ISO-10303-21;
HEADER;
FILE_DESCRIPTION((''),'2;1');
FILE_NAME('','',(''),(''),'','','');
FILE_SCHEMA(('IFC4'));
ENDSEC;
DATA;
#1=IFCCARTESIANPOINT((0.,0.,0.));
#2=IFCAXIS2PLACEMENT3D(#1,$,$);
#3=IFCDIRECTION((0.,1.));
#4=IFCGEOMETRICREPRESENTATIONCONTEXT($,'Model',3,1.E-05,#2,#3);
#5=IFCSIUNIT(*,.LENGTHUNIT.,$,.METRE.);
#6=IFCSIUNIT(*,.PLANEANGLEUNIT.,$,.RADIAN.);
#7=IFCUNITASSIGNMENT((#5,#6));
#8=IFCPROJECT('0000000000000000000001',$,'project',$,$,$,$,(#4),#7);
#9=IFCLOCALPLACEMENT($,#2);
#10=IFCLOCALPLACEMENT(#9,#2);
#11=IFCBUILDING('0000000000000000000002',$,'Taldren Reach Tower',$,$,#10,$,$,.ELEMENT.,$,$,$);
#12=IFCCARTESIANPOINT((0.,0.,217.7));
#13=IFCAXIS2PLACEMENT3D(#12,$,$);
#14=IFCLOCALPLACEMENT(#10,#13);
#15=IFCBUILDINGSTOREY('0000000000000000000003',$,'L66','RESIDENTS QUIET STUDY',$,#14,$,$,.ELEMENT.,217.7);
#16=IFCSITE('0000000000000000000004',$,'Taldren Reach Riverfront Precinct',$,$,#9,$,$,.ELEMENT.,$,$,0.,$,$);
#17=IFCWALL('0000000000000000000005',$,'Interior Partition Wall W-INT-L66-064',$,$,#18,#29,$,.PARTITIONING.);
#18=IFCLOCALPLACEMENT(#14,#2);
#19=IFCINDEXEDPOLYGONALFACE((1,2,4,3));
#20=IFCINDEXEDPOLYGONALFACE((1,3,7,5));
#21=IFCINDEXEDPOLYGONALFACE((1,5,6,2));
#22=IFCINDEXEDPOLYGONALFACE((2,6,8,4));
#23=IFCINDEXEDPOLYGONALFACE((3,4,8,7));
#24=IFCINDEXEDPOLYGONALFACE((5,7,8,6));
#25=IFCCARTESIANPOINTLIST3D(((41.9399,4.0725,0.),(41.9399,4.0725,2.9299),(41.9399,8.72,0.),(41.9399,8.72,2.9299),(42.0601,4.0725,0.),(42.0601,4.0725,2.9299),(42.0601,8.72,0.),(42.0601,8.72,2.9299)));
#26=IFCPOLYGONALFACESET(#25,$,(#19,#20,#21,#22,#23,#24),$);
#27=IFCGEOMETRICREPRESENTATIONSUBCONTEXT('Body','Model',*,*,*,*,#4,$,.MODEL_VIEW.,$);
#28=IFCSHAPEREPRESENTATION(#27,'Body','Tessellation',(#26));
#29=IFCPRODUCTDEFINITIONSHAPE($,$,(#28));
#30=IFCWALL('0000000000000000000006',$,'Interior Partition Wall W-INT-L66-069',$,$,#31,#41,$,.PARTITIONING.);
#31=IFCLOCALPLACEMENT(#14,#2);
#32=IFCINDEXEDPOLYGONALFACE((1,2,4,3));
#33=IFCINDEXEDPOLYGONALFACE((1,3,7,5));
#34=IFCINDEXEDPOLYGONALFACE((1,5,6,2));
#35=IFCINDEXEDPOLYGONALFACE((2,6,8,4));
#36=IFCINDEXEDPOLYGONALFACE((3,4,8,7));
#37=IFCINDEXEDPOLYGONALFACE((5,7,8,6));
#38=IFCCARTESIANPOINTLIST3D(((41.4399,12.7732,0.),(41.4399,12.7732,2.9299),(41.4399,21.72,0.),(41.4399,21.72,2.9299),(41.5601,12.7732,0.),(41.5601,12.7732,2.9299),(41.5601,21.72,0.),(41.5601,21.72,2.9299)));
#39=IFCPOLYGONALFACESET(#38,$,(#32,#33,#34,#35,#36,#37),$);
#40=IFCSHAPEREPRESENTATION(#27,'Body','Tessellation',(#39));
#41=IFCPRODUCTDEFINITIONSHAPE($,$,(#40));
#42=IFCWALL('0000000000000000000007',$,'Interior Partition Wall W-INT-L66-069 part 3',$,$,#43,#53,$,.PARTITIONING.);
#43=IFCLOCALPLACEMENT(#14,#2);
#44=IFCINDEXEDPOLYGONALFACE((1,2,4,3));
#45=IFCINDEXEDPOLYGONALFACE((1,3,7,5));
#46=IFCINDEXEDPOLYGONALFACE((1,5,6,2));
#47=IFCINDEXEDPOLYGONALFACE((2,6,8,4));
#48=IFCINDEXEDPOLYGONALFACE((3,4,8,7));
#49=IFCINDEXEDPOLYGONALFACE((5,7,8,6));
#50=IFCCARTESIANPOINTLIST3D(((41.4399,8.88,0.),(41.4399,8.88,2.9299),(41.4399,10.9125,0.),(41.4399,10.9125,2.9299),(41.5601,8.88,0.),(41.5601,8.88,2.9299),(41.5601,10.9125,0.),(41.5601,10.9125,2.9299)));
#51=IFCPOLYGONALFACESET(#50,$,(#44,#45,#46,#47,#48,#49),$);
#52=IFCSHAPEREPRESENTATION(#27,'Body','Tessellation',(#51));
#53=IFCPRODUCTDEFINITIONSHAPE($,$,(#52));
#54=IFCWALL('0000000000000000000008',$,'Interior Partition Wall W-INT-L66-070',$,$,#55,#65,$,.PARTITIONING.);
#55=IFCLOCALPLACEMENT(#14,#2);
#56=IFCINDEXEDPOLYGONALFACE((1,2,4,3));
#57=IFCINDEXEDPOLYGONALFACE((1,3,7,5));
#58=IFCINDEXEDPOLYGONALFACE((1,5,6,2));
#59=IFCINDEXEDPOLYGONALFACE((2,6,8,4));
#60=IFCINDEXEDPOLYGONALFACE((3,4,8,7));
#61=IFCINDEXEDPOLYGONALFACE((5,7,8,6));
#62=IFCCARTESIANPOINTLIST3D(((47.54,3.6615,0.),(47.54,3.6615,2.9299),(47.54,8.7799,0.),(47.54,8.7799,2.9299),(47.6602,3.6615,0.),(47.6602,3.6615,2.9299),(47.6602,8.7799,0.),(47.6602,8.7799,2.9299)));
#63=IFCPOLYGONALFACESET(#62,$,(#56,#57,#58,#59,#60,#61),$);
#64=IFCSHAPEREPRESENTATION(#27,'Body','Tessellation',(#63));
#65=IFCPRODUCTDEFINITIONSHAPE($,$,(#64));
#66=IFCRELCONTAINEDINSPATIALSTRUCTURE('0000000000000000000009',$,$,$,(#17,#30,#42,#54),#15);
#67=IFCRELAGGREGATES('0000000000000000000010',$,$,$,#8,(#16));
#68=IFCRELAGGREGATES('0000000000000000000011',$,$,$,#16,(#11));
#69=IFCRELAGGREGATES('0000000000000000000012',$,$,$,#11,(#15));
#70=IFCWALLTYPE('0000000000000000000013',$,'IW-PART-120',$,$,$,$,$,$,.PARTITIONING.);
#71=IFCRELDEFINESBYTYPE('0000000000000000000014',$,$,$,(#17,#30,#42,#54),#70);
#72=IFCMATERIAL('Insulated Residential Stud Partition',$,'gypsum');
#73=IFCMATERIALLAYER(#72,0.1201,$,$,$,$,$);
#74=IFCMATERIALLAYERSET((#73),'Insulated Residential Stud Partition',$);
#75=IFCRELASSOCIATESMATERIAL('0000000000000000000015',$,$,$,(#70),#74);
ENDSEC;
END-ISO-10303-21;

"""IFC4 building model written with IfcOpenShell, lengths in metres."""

from ifc_helpers import new_model, si_unit, direction, frame, frame_2d, origin, place, context, subcontext, project, spatial, rectangle, extrude, source, transform, mapped, material, layer, layer_set, type_object, element, save


model = new_model("IFC4")

# Units and contexts
model_context = context("Model", 3, precision=1e-05, world=origin(), true_north=direction((0.0, 1.0)))
body_context = subcontext(model_context, "Body", "Model", "MODEL_VIEW")
ifc_project = project(units=[si_unit("LENGTHUNIT", "METRE"), si_unit("PLANEANGLEUNIT", "RADIAN")], contexts=[model_context])

# Site, building, storey
site_placement = place(None, origin())
site = spatial("IfcSite", under=ifc_project, at=site_placement, Name="Taldren Reach Riverfront Precinct", CompositionType="ELEMENT", RefElevation=0.0)
building_placement = place(site_placement, origin())
building = spatial("IfcBuilding", under=site, at=building_placement, Name="Taldren Reach Tower", CompositionType="ELEMENT")
storey_placement = place(building_placement, frame((0.0, 0.0, 217.7)))
storey = spatial("IfcBuildingStorey", under=building, at=storey_placement, Name="L66", Description="RESIDENTS QUIET STUDY", CompositionType="ELEMENT", Elevation=217.7)

# Shared definitions
ifc_material_1 = material(Name="Insulated Residential Stud Partition", Category="gypsum")
ifc_layer_1 = layer(ifc_material_1, 0.1201)
ifc_layer_set_1 = layer_set([ifc_layer_1], Name="Insulated Residential Stud Partition")
wall_type_1 = type_object("IfcWallType", Name="IW-PART-120", PredefinedType="PARTITIONING", material=ifc_layer_set_1)

# Walls
shared_shape_1 = source(origin(), body_context, "Body", "SweptSolid", [
    extrude(rectangle(XDim=4.6475, YDim=0.1201, at=frame_2d((2.3237, 0.0))), origin(), (0.0, 0.0, 1.0), 2.9299),
])
wall_1_placement = place(storey_placement, frame((42.0, 8.72, 0.0), z_axis=(0.0, 0.0, 1.0), x_axis=(0.0, -1.0, 0.0)))
element("IfcWall", 1, at=wall_1_placement, inside=storey, type_object=wall_type_1, Name="Interior Partition Wall W-INT-L66-064", PredefinedType="PARTITIONING", context=body_context, shape_type="MappedRepresentation", body=[
    mapped(shared_shape_1, transform((0.0, 0.0, 0.0), scale=1.0)),
])
shared_shape_2 = source(origin(), body_context, "Body", "SweptSolid", [
    extrude(rectangle(XDim=8.9468, YDim=0.1201, at=frame_2d((4.4734, 0.0))), origin(), (0.0, 0.0, 1.0), 2.9299),
])
wall_2_placement = place(storey_placement, frame((41.5, 21.72, 0.0), z_axis=(0.0, 0.0, 1.0), x_axis=(0.0, -1.0, 0.0)))
element("IfcWall", 2, at=wall_2_placement, inside=storey, type_object=wall_type_1, Name="Interior Partition Wall W-INT-L66-069", PredefinedType="PARTITIONING", context=body_context, shape_type="MappedRepresentation", body=[
    mapped(shared_shape_2, transform((0.0, 0.0, 0.0), scale=1.0)),
])
shared_shape_3 = source(origin(), body_context, "Body", "SweptSolid", [
    extrude(rectangle(XDim=2.0325, YDim=0.1201, at=frame_2d((1.0161, 0.0))), origin(), (0.0, 0.0, 1.0), 2.9299),
])
wall_3_placement = place(storey_placement, frame((41.5, 10.9124, 0.0), z_axis=(0.0, 0.0, 1.0), x_axis=(0.0, -1.0, 0.0)))
element("IfcWall", 3, at=wall_3_placement, inside=storey, type_object=wall_type_1, Name="Interior Partition Wall W-INT-L66-069 part 3", PredefinedType="PARTITIONING", context=body_context, shape_type="MappedRepresentation", body=[
    mapped(shared_shape_3, transform((0.0, 0.0, 0.0), scale=1.0)),
])
shared_shape_4 = source(origin(), body_context, "Body", "SweptSolid", [
    extrude(rectangle(XDim=5.1184, YDim=0.1201, at=frame_2d((2.5591, 0.0))), origin(), (0.0, 0.0, 1.0), 2.9299),
])
wall_4_placement = place(storey_placement, frame((47.6001, 8.7798, 0.0), z_axis=(0.0, 0.0, 1.0), x_axis=(0.0, -1.0, 0.0)))
element("IfcWall", 4, at=wall_4_placement, inside=storey, type_object=wall_type_1, Name="Interior Partition Wall W-INT-L66-070", PredefinedType="PARTITIONING", context=body_context, shape_type="MappedRepresentation", body=[
    mapped(shared_shape_4, transform((0.0, 0.0, 0.0), scale=1.0)),
])

save(model, "model.ifc")
